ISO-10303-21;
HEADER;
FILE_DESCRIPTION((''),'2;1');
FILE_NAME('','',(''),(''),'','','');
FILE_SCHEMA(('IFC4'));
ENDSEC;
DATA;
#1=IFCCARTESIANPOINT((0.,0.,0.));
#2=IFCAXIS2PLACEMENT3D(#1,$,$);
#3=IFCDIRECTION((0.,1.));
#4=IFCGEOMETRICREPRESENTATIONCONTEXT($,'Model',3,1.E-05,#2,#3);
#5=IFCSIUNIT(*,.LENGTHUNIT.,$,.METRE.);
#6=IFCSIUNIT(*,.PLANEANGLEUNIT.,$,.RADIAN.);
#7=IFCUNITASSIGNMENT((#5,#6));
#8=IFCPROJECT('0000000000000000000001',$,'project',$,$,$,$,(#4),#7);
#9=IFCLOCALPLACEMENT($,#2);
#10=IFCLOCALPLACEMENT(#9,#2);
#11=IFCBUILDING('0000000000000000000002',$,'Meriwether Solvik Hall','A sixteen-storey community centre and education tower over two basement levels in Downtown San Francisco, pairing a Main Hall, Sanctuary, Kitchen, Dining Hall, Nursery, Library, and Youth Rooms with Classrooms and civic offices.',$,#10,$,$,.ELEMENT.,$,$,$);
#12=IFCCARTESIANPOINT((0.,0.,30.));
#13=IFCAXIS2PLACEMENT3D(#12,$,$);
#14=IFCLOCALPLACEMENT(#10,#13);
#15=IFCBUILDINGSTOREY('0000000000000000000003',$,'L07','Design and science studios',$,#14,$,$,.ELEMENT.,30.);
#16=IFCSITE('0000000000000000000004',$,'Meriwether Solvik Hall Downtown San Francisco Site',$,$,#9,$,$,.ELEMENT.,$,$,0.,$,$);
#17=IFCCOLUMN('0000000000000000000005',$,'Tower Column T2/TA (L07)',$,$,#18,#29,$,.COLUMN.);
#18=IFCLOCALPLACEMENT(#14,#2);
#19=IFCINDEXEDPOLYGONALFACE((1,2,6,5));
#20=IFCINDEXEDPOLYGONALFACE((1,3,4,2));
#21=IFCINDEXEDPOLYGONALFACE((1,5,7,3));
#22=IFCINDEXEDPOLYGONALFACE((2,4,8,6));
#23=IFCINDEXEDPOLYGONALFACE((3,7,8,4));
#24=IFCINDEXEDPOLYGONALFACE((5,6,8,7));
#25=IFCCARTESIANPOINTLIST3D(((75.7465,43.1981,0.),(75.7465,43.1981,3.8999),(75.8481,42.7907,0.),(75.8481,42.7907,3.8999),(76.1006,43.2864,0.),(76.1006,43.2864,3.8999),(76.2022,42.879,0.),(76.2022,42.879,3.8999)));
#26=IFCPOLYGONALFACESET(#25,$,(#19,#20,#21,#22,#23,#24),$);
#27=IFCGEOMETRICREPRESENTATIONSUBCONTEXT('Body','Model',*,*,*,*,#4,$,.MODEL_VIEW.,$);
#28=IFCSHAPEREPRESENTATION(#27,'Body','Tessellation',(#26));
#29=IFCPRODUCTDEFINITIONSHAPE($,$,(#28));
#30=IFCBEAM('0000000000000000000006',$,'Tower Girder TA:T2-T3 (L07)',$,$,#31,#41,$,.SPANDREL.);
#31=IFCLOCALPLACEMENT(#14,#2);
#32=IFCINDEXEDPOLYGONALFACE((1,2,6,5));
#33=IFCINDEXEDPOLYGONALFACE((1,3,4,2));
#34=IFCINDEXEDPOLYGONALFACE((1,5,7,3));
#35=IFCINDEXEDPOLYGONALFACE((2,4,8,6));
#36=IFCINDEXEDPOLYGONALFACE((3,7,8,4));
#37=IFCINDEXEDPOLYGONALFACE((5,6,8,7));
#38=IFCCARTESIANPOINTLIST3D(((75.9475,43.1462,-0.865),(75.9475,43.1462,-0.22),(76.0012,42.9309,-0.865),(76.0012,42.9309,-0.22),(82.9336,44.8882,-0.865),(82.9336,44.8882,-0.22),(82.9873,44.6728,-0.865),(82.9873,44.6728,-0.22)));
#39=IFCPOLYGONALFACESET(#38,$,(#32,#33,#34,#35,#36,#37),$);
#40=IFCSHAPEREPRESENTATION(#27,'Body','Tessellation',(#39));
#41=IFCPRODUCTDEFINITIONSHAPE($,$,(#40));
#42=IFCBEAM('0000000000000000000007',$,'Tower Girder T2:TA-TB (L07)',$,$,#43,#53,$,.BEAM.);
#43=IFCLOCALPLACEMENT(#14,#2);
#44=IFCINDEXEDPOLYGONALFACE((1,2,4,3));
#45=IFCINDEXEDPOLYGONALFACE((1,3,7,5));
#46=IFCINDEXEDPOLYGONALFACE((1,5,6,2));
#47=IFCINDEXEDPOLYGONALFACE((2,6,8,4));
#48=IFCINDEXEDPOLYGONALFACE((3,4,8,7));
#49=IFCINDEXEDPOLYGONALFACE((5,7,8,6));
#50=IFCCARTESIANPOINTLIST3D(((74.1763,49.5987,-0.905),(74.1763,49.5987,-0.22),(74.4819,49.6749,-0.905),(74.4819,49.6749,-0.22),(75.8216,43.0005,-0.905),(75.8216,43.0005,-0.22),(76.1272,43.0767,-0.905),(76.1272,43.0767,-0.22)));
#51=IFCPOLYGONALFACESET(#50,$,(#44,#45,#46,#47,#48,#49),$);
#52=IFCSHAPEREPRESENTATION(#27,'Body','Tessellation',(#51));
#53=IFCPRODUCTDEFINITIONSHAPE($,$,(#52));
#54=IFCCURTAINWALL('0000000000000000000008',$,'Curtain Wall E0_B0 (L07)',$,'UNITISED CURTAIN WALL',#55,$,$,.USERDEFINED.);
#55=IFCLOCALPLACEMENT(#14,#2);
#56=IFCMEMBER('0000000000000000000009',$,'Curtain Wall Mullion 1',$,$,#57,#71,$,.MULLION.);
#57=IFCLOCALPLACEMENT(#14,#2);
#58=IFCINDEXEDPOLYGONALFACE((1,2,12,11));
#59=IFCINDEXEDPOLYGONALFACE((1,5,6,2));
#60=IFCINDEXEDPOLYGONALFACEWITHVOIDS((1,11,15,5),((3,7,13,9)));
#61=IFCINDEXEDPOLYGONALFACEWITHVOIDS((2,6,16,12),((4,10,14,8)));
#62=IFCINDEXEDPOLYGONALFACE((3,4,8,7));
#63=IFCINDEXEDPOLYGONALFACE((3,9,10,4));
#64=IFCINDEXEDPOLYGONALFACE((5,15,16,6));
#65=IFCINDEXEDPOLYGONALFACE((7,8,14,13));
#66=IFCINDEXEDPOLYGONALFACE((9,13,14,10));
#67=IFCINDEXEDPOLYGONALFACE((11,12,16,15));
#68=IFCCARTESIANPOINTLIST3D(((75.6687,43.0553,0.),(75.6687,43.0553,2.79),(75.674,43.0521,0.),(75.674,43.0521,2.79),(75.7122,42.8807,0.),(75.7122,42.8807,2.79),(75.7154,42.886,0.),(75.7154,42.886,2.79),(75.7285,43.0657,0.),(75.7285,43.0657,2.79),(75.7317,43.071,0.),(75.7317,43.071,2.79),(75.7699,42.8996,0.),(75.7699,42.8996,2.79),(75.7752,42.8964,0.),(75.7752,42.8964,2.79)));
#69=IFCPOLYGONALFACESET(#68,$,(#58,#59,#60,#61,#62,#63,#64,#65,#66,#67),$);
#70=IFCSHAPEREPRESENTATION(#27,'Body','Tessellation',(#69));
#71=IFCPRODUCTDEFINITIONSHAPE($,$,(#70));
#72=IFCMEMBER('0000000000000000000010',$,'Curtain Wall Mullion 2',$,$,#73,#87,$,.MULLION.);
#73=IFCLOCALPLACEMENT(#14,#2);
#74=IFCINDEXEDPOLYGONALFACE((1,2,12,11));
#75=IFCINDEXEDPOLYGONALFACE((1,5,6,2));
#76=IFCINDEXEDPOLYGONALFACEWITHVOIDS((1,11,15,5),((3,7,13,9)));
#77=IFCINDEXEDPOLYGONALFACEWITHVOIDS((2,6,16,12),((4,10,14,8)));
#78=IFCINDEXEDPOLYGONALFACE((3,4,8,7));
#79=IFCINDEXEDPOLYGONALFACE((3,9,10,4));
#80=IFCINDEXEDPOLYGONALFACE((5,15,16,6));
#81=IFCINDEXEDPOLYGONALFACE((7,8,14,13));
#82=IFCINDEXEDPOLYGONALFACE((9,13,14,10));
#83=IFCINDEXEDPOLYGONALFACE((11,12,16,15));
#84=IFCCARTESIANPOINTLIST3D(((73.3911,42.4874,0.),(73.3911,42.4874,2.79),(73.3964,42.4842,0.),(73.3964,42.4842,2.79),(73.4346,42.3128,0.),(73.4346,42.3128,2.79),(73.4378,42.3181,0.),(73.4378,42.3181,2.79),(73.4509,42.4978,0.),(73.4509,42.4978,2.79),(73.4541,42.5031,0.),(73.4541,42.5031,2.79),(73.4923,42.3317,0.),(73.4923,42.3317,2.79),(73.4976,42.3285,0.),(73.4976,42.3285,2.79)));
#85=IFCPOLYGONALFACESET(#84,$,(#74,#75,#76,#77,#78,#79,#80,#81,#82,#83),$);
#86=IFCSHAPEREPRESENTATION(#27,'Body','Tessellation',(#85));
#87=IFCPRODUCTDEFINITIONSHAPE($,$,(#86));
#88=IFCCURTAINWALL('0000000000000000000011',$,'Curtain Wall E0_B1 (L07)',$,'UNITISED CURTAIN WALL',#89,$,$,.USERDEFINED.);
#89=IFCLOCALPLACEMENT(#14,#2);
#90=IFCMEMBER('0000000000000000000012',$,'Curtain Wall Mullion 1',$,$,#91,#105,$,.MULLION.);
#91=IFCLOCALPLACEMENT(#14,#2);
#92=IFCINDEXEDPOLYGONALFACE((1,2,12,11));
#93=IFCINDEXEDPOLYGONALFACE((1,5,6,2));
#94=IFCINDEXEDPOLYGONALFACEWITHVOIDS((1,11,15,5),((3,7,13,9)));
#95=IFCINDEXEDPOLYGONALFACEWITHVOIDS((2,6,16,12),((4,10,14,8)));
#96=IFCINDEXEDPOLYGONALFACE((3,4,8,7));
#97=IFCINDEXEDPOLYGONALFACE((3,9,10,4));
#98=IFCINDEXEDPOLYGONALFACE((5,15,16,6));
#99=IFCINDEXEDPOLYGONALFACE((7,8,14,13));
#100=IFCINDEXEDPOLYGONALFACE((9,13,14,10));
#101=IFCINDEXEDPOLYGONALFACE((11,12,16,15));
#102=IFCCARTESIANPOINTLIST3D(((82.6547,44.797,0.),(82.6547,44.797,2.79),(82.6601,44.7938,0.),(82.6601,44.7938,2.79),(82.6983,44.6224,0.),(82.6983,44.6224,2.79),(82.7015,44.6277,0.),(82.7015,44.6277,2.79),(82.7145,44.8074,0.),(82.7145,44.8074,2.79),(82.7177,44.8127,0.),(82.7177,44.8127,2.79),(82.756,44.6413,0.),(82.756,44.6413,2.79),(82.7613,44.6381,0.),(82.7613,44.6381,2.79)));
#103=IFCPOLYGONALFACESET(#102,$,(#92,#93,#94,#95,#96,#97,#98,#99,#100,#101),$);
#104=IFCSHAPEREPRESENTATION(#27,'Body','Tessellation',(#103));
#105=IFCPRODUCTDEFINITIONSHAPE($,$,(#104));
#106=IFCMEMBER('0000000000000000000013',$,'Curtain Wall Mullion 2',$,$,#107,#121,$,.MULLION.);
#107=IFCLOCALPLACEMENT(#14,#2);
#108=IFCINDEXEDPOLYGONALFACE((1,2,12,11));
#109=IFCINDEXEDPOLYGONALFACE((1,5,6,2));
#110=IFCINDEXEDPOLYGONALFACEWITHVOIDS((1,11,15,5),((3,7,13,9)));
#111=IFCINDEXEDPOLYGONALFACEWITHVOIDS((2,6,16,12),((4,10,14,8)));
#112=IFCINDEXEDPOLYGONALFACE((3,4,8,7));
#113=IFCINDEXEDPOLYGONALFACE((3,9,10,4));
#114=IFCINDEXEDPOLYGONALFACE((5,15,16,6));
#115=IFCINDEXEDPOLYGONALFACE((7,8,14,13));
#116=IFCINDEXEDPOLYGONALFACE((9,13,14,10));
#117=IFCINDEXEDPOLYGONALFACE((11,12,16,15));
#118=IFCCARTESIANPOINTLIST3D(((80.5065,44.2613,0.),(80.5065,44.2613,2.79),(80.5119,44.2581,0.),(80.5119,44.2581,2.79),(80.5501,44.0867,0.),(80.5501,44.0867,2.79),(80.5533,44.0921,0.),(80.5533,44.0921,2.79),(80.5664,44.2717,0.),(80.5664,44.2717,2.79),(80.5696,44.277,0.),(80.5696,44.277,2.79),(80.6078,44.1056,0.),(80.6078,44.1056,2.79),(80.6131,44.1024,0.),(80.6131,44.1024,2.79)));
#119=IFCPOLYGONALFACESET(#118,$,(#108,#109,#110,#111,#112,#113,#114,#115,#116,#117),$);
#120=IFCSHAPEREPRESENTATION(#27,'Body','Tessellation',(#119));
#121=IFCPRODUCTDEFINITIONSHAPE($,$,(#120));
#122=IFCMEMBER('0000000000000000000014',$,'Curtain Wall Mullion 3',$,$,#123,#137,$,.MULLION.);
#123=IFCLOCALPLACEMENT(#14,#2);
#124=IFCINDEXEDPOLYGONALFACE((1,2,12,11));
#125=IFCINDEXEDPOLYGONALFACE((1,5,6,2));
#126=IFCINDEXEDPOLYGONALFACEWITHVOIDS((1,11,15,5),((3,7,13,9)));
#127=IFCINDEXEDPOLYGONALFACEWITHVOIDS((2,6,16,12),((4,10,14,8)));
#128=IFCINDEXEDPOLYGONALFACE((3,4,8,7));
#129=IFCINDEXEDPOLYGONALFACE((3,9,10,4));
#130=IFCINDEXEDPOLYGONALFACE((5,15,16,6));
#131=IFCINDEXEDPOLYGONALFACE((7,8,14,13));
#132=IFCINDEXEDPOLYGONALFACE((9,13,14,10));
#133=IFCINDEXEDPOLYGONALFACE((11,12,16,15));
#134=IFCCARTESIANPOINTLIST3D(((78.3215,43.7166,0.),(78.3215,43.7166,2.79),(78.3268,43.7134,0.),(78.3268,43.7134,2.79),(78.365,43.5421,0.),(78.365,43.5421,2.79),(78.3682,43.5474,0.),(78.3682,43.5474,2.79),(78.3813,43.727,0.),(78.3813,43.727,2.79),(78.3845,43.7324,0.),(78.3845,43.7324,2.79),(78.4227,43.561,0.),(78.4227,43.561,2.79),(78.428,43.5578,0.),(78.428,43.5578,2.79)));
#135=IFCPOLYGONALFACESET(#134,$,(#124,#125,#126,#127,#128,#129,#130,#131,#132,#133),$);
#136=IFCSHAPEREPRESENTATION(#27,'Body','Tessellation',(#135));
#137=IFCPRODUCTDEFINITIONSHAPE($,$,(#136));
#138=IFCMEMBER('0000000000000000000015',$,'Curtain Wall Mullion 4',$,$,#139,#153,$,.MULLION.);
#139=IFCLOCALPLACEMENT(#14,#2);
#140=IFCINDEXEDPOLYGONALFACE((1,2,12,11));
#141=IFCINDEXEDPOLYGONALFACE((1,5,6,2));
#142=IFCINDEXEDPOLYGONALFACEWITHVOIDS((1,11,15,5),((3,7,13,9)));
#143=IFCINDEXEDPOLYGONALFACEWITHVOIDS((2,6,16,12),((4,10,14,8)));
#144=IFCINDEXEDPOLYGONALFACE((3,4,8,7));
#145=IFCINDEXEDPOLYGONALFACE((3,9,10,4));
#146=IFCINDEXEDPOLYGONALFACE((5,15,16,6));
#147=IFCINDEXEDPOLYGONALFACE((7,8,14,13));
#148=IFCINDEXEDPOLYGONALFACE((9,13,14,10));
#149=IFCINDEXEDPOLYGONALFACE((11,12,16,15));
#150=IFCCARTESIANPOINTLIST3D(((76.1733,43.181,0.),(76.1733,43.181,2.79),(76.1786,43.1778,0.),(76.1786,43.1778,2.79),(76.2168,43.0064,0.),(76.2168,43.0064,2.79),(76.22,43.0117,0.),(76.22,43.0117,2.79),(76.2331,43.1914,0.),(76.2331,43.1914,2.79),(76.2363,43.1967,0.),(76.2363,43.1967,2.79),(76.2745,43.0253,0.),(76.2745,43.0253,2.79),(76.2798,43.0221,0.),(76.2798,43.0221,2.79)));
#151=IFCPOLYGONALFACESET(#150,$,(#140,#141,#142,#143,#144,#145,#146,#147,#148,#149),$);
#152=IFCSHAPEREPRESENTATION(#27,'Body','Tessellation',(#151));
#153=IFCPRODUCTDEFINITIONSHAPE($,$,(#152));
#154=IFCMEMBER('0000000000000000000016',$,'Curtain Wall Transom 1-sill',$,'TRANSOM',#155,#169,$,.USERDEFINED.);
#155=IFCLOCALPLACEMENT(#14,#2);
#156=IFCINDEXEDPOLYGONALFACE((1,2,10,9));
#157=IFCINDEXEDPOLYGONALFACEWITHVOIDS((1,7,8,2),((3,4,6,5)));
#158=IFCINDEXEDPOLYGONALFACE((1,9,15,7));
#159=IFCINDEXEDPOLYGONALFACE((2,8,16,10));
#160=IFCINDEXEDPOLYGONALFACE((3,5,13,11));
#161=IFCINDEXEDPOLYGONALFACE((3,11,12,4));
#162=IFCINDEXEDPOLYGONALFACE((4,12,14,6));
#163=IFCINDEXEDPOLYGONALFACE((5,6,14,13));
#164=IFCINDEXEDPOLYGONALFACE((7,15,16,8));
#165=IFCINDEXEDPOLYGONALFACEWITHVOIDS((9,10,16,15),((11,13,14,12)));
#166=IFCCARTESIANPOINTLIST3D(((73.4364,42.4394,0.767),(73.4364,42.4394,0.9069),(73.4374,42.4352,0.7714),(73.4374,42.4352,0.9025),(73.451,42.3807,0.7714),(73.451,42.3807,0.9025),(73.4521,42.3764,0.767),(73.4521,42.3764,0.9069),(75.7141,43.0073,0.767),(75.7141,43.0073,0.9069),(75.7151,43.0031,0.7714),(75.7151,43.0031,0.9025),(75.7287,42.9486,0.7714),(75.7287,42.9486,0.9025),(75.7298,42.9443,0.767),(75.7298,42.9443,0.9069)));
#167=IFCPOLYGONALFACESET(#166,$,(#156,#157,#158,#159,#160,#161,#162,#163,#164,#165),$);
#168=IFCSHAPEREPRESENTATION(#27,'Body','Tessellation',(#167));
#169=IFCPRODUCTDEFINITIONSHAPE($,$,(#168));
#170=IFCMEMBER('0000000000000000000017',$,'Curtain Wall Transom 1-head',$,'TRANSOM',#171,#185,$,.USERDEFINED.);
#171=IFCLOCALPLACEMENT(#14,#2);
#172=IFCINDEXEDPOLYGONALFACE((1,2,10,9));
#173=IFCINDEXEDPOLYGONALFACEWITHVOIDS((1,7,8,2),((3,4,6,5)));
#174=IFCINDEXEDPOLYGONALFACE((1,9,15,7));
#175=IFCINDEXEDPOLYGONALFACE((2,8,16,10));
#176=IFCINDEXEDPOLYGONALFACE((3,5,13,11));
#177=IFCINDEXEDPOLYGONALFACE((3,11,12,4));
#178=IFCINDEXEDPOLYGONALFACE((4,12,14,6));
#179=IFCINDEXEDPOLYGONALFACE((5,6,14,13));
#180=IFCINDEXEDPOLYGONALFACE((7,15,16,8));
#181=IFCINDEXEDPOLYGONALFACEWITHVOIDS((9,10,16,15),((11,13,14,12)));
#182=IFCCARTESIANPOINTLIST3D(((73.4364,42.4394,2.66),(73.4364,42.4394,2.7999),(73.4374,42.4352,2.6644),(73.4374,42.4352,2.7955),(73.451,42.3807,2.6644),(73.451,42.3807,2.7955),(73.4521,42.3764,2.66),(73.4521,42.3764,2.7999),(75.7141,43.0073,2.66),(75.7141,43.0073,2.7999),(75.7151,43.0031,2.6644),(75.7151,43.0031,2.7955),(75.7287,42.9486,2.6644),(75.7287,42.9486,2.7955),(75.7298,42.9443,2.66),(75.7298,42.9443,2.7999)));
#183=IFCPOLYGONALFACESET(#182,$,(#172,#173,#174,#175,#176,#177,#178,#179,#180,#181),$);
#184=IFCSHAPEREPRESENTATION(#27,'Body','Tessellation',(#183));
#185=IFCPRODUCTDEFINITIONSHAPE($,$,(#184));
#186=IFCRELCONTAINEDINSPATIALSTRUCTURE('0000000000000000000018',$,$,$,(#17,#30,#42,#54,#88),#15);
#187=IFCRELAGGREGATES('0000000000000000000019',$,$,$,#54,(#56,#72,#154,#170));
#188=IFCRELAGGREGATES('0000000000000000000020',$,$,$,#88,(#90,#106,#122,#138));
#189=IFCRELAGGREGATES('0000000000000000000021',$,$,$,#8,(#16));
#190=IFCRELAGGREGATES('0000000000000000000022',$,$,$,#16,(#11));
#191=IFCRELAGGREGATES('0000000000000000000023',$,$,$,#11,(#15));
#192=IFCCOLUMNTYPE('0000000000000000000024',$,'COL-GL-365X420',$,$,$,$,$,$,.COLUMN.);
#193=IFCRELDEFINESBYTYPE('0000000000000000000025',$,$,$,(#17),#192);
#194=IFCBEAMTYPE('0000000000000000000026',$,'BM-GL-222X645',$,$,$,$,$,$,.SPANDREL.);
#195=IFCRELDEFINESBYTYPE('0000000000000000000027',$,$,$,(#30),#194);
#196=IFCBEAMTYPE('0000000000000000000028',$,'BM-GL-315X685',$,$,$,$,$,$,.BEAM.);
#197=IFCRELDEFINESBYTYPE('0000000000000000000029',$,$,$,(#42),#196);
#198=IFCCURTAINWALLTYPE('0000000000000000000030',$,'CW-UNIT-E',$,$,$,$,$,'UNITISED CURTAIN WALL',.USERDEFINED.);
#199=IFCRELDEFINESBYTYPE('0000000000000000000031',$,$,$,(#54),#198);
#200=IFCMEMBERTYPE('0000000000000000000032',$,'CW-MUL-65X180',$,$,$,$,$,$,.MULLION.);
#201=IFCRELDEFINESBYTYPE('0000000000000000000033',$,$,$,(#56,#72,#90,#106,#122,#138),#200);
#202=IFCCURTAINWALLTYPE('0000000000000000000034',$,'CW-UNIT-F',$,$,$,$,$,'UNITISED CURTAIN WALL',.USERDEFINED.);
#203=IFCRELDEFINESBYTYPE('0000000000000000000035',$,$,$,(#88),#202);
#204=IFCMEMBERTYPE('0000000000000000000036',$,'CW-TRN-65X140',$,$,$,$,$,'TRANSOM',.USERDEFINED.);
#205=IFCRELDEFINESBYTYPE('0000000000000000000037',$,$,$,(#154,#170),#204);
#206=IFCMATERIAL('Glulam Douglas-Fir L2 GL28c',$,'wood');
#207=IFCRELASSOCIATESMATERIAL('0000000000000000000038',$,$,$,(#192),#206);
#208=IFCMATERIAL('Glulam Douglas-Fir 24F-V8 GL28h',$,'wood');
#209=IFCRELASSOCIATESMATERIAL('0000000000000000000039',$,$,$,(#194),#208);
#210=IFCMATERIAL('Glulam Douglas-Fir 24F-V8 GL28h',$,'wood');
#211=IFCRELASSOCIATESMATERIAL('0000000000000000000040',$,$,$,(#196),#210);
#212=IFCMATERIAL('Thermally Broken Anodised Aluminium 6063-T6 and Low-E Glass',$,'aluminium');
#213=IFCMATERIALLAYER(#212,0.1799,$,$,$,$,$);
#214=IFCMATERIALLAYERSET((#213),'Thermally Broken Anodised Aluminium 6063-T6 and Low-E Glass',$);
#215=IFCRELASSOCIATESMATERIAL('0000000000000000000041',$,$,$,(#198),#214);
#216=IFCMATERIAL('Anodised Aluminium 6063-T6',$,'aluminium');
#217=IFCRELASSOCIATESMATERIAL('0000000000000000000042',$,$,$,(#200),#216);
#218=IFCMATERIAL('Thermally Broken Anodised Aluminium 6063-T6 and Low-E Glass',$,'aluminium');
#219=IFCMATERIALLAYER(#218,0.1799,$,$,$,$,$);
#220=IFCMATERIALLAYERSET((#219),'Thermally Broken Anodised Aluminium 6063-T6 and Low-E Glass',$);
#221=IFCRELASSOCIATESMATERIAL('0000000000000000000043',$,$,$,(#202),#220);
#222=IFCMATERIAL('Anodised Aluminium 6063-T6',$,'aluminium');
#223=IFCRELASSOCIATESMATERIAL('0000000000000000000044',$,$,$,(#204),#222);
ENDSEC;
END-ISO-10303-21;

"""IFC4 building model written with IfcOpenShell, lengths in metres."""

from ifc_helpers import new_model, si_unit, direction, frame, origin, origin_2d, place, context, subcontext, project, spatial, rectangle, hollow_rectangle, extrude, material, layer, layer_set, material_profile, profile_set, type_object, element, aggregate, save


model = new_model("IFC4")

# Units and contexts
model_context = context("Model", 3, precision=1e-05, world=origin(), true_north=direction((0.0, 1.0)))
body_context = subcontext(model_context, "Body", "Model", "MODEL_VIEW")
ifc_project = project(units=[si_unit("LENGTHUNIT", "METRE"), si_unit("PLANEANGLEUNIT", "RADIAN")], contexts=[model_context])

# Site, building, storey
site_placement = place(None, origin())
site = spatial("IfcSite", under=ifc_project, at=site_placement, Name="Meriwether Solvik Hall Downtown San Francisco Site", CompositionType="ELEMENT", RefElevation=0.0)
building_placement = place(site_placement, origin())
building = spatial("IfcBuilding", under=site, at=building_placement, Name="Meriwether Solvik Hall", Description="A sixteen-storey community centre and education tower over two basement levels in Downtown San Francisco, pairing a Main Hall, Sanctuary, Kitchen, Dining Hall, Nursery, Library, and Youth Rooms with Classrooms and civic offices.", CompositionType="ELEMENT")
storey_placement = place(building_placement, frame((0.0, 0.0, 30.0)))
storey = spatial("IfcBuildingStorey", under=building, at=storey_placement, Name="L07", Description="Design and science studios", CompositionType="ELEMENT", Elevation=30.0)

# Column
ifc_material_1 = material(Name="Glulam Douglas-Fir L2 GL28c", Category="wood")
ifc_material_profile_1 = material_profile(ifc_material_1, rectangle(XDim=0.365, YDim=0.4199, at=origin_2d()), Name="GLC-365X420")
ifc_profile_set_1 = profile_set([ifc_material_profile_1], Name="Glulam Douglas-Fir L2 GL28c")
column_type = type_object("IfcColumnType", Name="COL-GL-365X420", PredefinedType="COLUMN", material=ifc_profile_set_1)
column_placement = place(storey_placement, frame((75.9744, 43.0386, 0.0), z_axis=(0.0, 0.0, 1.0), x_axis=(0.970296, 0.241922, 0.0)))
element("IfcColumn", 1, at=column_placement, inside=storey, type_object=column_type, Name="Tower Column T2/TA (L07)", PredefinedType="COLUMN", context=body_context, shape_type="SweptSolid", body=[
    extrude(rectangle(XDim=0.365, YDim=0.4199, at=origin_2d()), origin(), (0.0, 0.0, 1.0), 3.8999),
])

# Beams
ifc_material_2 = material(Name="Glulam Douglas-Fir 24F-V8 GL28h", Category="wood")
ifc_material_profile_2 = material_profile(ifc_material_2, rectangle(XDim=0.2219, YDim=0.645, at=origin_2d()), Name="GLB-222X645")
ifc_profile_set_2 = profile_set([ifc_material_profile_2], Name="Glulam Douglas-Fir 24F-V8 GL28h")
beam_type_1 = type_object("IfcBeamType", Name="BM-GL-222X645", PredefinedType="SPANDREL", material=ifc_profile_set_2)
beam_1_placement = place(storey_placement, frame((75.9744, 43.0386, -0.5425), z_axis=(0.970292, 0.241937, 0.0), x_axis=(-0.241937, 0.970292, 0.0)))
element("IfcBeam", 2, at=beam_1_placement, inside=storey, type_object=beam_type_1, Name="Tower Girder TA:T2-T3 (L07)", PredefinedType="SPANDREL", context=body_context, shape_type="SweptSolid", body=[
    extrude(rectangle(XDim=0.2219, YDim=0.645, at=origin_2d()), origin(), (0.0, 0.0, 1.0), 7.2),
])
ifc_material_3 = material(Name="Glulam Douglas-Fir 24F-V8 GL28h", Category="wood")
ifc_material_profile_3 = material_profile(ifc_material_3, rectangle(XDim=0.3149, YDim=0.6851, at=origin_2d()), Name="GLB-315X685")
ifc_profile_set_3 = profile_set([ifc_material_profile_3], Name="Glulam Douglas-Fir 24F-V8 GL28h")
beam_type_2 = type_object("IfcBeamType", Name="BM-GL-315X685", PredefinedType="BEAM", material=ifc_profile_set_3)
beam_2_placement = place(storey_placement, frame((75.9744, 43.0386, -0.5625), z_axis=(-0.241944, 0.97029, 0.0), x_axis=(-0.97029, -0.241944, 0.0)))
element("IfcBeam", 3, at=beam_2_placement, inside=storey, type_object=beam_type_2, Name="Tower Girder T2:TA-TB (L07)", PredefinedType="BEAM", context=body_context, shape_type="SweptSolid", body=[
    extrude(rectangle(XDim=0.3149, YDim=0.6851, at=origin_2d()), origin(), (0.0, 0.0, 1.0), 6.8003),
])

# Curtain walls, members
ifc_material_4 = material(Name="Thermally Broken Anodised Aluminium 6063-T6 and Low-E Glass", Category="aluminium")
ifc_layer_1 = layer(ifc_material_4, 0.1799)
ifc_layer_set_1 = layer_set([ifc_layer_1], Name="Thermally Broken Anodised Aluminium 6063-T6 and Low-E Glass")
curtain_wall_type_1 = type_object("IfcCurtainWallType", Name="CW-UNIT-E", ElementType="UNITISED CURTAIN WALL", PredefinedType="USERDEFINED", material=ifc_layer_set_1)
curtain_wall_1_placement = place(storey_placement, origin())
curtain_wall_1 = element("IfcCurtainWall", 4, at=curtain_wall_1_placement, inside=storey, type_object=curtain_wall_type_1, Name="Curtain Wall E0_B0 (L07)", ObjectType="UNITISED CURTAIN WALL", PredefinedType="USERDEFINED")
ifc_material_5 = material(Name="Anodised Aluminium 6063-T6", Category="aluminium")
ifc_material_profile_4 = material_profile(ifc_material_5, hollow_rectangle(XDim=0.0649, YDim=0.1799, WallThickness=0.0044, at=origin_2d()), Name="CWM-65X180")
ifc_profile_set_4 = profile_set([ifc_material_profile_4], Name="Anodised Aluminium 6063-T6")
member_type_1 = type_object("IfcMemberType", Name="CW-MUL-65X180", PredefinedType="MULLION", material=ifc_profile_set_4)
member_1_placement = place(storey_placement, frame((75.7219, 42.9758, 0.0), z_axis=(0.0, 0.0, 1.0), x_axis=(-0.970296, -0.241922, 0.0)))
member_1 = element("IfcMember", 5, at=member_1_placement, type_object=member_type_1, Name="Curtain Wall Mullion 1", PredefinedType="MULLION", context=body_context, shape_type="SweptSolid", body=[
    extrude(hollow_rectangle(XDim=0.0649, YDim=0.1799, WallThickness=0.0044, at=origin_2d()), origin(), (0.0, 0.0, 1.0), 2.79),
])
member_2_placement = place(storey_placement, frame((73.4443, 42.408, 0.0), z_axis=(0.0, 0.0, 1.0), x_axis=(-0.970296, -0.241922, 0.0)))
member_2 = element("IfcMember", 6, at=member_2_placement, type_object=member_type_1, Name="Curtain Wall Mullion 2", PredefinedType="MULLION", context=body_context, shape_type="SweptSolid", body=[
    extrude(hollow_rectangle(XDim=0.0649, YDim=0.1799, WallThickness=0.0044, at=origin_2d()), origin(), (0.0, 0.0, 1.0), 2.79),
])
ifc_material_6 = material(Name="Thermally Broken Anodised Aluminium 6063-T6 and Low-E Glass", Category="aluminium")
ifc_layer_2 = layer(ifc_material_6, 0.1799)
ifc_layer_set_2 = layer_set([ifc_layer_2], Name="Thermally Broken Anodised Aluminium 6063-T6 and Low-E Glass")
curtain_wall_type_2 = type_object("IfcCurtainWallType", Name="CW-UNIT-F", ElementType="UNITISED CURTAIN WALL", PredefinedType="USERDEFINED", material=ifc_layer_set_2)
curtain_wall_2_placement = place(storey_placement, origin())
curtain_wall_2 = element("IfcCurtainWall", 7, at=curtain_wall_2_placement, inside=storey, type_object=curtain_wall_type_2, Name="Curtain Wall E0_B1 (L07)", ObjectType="UNITISED CURTAIN WALL", PredefinedType="USERDEFINED")
member_3_placement = place(storey_placement, frame((82.708, 44.7175, 0.0), z_axis=(0.0, 0.0, 1.0), x_axis=(-0.970296, -0.241922, 0.0)))
member_3 = element("IfcMember", 8, at=member_3_placement, type_object=member_type_1, Name="Curtain Wall Mullion 1", PredefinedType="MULLION", context=body_context, shape_type="SweptSolid", body=[
    extrude(hollow_rectangle(XDim=0.0649, YDim=0.1799, WallThickness=0.0044, at=origin_2d()), origin(), (0.0, 0.0, 1.0), 2.79),
])
member_4_placement = place(storey_placement, frame((80.5598, 44.1819, 0.0), z_axis=(0.0, 0.0, 1.0), x_axis=(-0.970296, -0.241922, 0.0)))
member_4 = element("IfcMember", 9, at=member_4_placement, type_object=member_type_1, Name="Curtain Wall Mullion 2", PredefinedType="MULLION", context=body_context, shape_type="SweptSolid", body=[
    extrude(hollow_rectangle(XDim=0.0649, YDim=0.1799, WallThickness=0.0044, at=origin_2d()), origin(), (0.0, 0.0, 1.0), 2.79),
])
member_5_placement = place(storey_placement, frame((78.3748, 43.6372, 0.0), z_axis=(0.0, 0.0, 1.0), x_axis=(-0.970296, -0.241922, 0.0)))
member_5 = element("IfcMember", 10, at=member_5_placement, type_object=member_type_1, Name="Curtain Wall Mullion 3", PredefinedType="MULLION", context=body_context, shape_type="SweptSolid", body=[
    extrude(hollow_rectangle(XDim=0.0649, YDim=0.1799, WallThickness=0.0044, at=origin_2d()), origin(), (0.0, 0.0, 1.0), 2.79),
])
member_6_placement = place(storey_placement, frame((76.2266, 43.1016, 0.0), z_axis=(0.0, 0.0, 1.0), x_axis=(-0.970296, -0.241922, 0.0)))
member_6 = element("IfcMember", 11, at=member_6_placement, type_object=member_type_1, Name="Curtain Wall Mullion 4", PredefinedType="MULLION", context=body_context, shape_type="SweptSolid", body=[
    extrude(hollow_rectangle(XDim=0.0649, YDim=0.1799, WallThickness=0.0044, at=origin_2d()), origin(), (0.0, 0.0, 1.0), 2.79),
])

# Members
ifc_material_7 = material(Name="Anodised Aluminium 6063-T6", Category="aluminium")
ifc_material_profile_5 = material_profile(ifc_material_7, hollow_rectangle(XDim=0.0649, YDim=0.1399, WallThickness=0.0044, at=origin_2d()), Name="CWT-65X140")
ifc_profile_set_5 = profile_set([ifc_material_profile_5], Name="Anodised Aluminium 6063-T6")
member_type_2 = type_object("IfcMemberType", Name="CW-TRN-65X140", ElementType="TRANSOM", PredefinedType="USERDEFINED", material=ifc_profile_set_5)
member_7_placement = place(storey_placement, frame((75.7219, 42.9758, 0.8369), z_axis=(-0.970295, -0.241924, 0.0), x_axis=(0.241924, -0.970295, 0.0)))
member_7 = element("IfcMember", 12, at=member_7_placement, type_object=member_type_2, Name="Curtain Wall Transom 1-sill", ObjectType="TRANSOM", PredefinedType="USERDEFINED", context=body_context, shape_type="SweptSolid", body=[
    extrude(hollow_rectangle(XDim=0.0649, YDim=0.1399, WallThickness=0.0044, at=origin_2d()), origin(), (0.0, 0.0, 1.0), 2.3474),
])
member_8_placement = place(storey_placement, frame((75.7219, 42.9758, 2.73), z_axis=(-0.970295, -0.241924, 0.0), x_axis=(0.241924, -0.970295, 0.0)))
member_8 = element("IfcMember", 13, at=member_8_placement, type_object=member_type_2, Name="Curtain Wall Transom 1-head", ObjectType="TRANSOM", PredefinedType="USERDEFINED", context=body_context, shape_type="SweptSolid", body=[
    extrude(hollow_rectangle(XDim=0.0649, YDim=0.1399, WallThickness=0.0044, at=origin_2d()), origin(), (0.0, 0.0, 1.0), 2.3474),
])

aggregate(curtain_wall_1, [member_1, member_2, member_7, member_8])
aggregate(curtain_wall_2, [member_3, member_4, member_5, member_6])

save(model, "model.ifc")
